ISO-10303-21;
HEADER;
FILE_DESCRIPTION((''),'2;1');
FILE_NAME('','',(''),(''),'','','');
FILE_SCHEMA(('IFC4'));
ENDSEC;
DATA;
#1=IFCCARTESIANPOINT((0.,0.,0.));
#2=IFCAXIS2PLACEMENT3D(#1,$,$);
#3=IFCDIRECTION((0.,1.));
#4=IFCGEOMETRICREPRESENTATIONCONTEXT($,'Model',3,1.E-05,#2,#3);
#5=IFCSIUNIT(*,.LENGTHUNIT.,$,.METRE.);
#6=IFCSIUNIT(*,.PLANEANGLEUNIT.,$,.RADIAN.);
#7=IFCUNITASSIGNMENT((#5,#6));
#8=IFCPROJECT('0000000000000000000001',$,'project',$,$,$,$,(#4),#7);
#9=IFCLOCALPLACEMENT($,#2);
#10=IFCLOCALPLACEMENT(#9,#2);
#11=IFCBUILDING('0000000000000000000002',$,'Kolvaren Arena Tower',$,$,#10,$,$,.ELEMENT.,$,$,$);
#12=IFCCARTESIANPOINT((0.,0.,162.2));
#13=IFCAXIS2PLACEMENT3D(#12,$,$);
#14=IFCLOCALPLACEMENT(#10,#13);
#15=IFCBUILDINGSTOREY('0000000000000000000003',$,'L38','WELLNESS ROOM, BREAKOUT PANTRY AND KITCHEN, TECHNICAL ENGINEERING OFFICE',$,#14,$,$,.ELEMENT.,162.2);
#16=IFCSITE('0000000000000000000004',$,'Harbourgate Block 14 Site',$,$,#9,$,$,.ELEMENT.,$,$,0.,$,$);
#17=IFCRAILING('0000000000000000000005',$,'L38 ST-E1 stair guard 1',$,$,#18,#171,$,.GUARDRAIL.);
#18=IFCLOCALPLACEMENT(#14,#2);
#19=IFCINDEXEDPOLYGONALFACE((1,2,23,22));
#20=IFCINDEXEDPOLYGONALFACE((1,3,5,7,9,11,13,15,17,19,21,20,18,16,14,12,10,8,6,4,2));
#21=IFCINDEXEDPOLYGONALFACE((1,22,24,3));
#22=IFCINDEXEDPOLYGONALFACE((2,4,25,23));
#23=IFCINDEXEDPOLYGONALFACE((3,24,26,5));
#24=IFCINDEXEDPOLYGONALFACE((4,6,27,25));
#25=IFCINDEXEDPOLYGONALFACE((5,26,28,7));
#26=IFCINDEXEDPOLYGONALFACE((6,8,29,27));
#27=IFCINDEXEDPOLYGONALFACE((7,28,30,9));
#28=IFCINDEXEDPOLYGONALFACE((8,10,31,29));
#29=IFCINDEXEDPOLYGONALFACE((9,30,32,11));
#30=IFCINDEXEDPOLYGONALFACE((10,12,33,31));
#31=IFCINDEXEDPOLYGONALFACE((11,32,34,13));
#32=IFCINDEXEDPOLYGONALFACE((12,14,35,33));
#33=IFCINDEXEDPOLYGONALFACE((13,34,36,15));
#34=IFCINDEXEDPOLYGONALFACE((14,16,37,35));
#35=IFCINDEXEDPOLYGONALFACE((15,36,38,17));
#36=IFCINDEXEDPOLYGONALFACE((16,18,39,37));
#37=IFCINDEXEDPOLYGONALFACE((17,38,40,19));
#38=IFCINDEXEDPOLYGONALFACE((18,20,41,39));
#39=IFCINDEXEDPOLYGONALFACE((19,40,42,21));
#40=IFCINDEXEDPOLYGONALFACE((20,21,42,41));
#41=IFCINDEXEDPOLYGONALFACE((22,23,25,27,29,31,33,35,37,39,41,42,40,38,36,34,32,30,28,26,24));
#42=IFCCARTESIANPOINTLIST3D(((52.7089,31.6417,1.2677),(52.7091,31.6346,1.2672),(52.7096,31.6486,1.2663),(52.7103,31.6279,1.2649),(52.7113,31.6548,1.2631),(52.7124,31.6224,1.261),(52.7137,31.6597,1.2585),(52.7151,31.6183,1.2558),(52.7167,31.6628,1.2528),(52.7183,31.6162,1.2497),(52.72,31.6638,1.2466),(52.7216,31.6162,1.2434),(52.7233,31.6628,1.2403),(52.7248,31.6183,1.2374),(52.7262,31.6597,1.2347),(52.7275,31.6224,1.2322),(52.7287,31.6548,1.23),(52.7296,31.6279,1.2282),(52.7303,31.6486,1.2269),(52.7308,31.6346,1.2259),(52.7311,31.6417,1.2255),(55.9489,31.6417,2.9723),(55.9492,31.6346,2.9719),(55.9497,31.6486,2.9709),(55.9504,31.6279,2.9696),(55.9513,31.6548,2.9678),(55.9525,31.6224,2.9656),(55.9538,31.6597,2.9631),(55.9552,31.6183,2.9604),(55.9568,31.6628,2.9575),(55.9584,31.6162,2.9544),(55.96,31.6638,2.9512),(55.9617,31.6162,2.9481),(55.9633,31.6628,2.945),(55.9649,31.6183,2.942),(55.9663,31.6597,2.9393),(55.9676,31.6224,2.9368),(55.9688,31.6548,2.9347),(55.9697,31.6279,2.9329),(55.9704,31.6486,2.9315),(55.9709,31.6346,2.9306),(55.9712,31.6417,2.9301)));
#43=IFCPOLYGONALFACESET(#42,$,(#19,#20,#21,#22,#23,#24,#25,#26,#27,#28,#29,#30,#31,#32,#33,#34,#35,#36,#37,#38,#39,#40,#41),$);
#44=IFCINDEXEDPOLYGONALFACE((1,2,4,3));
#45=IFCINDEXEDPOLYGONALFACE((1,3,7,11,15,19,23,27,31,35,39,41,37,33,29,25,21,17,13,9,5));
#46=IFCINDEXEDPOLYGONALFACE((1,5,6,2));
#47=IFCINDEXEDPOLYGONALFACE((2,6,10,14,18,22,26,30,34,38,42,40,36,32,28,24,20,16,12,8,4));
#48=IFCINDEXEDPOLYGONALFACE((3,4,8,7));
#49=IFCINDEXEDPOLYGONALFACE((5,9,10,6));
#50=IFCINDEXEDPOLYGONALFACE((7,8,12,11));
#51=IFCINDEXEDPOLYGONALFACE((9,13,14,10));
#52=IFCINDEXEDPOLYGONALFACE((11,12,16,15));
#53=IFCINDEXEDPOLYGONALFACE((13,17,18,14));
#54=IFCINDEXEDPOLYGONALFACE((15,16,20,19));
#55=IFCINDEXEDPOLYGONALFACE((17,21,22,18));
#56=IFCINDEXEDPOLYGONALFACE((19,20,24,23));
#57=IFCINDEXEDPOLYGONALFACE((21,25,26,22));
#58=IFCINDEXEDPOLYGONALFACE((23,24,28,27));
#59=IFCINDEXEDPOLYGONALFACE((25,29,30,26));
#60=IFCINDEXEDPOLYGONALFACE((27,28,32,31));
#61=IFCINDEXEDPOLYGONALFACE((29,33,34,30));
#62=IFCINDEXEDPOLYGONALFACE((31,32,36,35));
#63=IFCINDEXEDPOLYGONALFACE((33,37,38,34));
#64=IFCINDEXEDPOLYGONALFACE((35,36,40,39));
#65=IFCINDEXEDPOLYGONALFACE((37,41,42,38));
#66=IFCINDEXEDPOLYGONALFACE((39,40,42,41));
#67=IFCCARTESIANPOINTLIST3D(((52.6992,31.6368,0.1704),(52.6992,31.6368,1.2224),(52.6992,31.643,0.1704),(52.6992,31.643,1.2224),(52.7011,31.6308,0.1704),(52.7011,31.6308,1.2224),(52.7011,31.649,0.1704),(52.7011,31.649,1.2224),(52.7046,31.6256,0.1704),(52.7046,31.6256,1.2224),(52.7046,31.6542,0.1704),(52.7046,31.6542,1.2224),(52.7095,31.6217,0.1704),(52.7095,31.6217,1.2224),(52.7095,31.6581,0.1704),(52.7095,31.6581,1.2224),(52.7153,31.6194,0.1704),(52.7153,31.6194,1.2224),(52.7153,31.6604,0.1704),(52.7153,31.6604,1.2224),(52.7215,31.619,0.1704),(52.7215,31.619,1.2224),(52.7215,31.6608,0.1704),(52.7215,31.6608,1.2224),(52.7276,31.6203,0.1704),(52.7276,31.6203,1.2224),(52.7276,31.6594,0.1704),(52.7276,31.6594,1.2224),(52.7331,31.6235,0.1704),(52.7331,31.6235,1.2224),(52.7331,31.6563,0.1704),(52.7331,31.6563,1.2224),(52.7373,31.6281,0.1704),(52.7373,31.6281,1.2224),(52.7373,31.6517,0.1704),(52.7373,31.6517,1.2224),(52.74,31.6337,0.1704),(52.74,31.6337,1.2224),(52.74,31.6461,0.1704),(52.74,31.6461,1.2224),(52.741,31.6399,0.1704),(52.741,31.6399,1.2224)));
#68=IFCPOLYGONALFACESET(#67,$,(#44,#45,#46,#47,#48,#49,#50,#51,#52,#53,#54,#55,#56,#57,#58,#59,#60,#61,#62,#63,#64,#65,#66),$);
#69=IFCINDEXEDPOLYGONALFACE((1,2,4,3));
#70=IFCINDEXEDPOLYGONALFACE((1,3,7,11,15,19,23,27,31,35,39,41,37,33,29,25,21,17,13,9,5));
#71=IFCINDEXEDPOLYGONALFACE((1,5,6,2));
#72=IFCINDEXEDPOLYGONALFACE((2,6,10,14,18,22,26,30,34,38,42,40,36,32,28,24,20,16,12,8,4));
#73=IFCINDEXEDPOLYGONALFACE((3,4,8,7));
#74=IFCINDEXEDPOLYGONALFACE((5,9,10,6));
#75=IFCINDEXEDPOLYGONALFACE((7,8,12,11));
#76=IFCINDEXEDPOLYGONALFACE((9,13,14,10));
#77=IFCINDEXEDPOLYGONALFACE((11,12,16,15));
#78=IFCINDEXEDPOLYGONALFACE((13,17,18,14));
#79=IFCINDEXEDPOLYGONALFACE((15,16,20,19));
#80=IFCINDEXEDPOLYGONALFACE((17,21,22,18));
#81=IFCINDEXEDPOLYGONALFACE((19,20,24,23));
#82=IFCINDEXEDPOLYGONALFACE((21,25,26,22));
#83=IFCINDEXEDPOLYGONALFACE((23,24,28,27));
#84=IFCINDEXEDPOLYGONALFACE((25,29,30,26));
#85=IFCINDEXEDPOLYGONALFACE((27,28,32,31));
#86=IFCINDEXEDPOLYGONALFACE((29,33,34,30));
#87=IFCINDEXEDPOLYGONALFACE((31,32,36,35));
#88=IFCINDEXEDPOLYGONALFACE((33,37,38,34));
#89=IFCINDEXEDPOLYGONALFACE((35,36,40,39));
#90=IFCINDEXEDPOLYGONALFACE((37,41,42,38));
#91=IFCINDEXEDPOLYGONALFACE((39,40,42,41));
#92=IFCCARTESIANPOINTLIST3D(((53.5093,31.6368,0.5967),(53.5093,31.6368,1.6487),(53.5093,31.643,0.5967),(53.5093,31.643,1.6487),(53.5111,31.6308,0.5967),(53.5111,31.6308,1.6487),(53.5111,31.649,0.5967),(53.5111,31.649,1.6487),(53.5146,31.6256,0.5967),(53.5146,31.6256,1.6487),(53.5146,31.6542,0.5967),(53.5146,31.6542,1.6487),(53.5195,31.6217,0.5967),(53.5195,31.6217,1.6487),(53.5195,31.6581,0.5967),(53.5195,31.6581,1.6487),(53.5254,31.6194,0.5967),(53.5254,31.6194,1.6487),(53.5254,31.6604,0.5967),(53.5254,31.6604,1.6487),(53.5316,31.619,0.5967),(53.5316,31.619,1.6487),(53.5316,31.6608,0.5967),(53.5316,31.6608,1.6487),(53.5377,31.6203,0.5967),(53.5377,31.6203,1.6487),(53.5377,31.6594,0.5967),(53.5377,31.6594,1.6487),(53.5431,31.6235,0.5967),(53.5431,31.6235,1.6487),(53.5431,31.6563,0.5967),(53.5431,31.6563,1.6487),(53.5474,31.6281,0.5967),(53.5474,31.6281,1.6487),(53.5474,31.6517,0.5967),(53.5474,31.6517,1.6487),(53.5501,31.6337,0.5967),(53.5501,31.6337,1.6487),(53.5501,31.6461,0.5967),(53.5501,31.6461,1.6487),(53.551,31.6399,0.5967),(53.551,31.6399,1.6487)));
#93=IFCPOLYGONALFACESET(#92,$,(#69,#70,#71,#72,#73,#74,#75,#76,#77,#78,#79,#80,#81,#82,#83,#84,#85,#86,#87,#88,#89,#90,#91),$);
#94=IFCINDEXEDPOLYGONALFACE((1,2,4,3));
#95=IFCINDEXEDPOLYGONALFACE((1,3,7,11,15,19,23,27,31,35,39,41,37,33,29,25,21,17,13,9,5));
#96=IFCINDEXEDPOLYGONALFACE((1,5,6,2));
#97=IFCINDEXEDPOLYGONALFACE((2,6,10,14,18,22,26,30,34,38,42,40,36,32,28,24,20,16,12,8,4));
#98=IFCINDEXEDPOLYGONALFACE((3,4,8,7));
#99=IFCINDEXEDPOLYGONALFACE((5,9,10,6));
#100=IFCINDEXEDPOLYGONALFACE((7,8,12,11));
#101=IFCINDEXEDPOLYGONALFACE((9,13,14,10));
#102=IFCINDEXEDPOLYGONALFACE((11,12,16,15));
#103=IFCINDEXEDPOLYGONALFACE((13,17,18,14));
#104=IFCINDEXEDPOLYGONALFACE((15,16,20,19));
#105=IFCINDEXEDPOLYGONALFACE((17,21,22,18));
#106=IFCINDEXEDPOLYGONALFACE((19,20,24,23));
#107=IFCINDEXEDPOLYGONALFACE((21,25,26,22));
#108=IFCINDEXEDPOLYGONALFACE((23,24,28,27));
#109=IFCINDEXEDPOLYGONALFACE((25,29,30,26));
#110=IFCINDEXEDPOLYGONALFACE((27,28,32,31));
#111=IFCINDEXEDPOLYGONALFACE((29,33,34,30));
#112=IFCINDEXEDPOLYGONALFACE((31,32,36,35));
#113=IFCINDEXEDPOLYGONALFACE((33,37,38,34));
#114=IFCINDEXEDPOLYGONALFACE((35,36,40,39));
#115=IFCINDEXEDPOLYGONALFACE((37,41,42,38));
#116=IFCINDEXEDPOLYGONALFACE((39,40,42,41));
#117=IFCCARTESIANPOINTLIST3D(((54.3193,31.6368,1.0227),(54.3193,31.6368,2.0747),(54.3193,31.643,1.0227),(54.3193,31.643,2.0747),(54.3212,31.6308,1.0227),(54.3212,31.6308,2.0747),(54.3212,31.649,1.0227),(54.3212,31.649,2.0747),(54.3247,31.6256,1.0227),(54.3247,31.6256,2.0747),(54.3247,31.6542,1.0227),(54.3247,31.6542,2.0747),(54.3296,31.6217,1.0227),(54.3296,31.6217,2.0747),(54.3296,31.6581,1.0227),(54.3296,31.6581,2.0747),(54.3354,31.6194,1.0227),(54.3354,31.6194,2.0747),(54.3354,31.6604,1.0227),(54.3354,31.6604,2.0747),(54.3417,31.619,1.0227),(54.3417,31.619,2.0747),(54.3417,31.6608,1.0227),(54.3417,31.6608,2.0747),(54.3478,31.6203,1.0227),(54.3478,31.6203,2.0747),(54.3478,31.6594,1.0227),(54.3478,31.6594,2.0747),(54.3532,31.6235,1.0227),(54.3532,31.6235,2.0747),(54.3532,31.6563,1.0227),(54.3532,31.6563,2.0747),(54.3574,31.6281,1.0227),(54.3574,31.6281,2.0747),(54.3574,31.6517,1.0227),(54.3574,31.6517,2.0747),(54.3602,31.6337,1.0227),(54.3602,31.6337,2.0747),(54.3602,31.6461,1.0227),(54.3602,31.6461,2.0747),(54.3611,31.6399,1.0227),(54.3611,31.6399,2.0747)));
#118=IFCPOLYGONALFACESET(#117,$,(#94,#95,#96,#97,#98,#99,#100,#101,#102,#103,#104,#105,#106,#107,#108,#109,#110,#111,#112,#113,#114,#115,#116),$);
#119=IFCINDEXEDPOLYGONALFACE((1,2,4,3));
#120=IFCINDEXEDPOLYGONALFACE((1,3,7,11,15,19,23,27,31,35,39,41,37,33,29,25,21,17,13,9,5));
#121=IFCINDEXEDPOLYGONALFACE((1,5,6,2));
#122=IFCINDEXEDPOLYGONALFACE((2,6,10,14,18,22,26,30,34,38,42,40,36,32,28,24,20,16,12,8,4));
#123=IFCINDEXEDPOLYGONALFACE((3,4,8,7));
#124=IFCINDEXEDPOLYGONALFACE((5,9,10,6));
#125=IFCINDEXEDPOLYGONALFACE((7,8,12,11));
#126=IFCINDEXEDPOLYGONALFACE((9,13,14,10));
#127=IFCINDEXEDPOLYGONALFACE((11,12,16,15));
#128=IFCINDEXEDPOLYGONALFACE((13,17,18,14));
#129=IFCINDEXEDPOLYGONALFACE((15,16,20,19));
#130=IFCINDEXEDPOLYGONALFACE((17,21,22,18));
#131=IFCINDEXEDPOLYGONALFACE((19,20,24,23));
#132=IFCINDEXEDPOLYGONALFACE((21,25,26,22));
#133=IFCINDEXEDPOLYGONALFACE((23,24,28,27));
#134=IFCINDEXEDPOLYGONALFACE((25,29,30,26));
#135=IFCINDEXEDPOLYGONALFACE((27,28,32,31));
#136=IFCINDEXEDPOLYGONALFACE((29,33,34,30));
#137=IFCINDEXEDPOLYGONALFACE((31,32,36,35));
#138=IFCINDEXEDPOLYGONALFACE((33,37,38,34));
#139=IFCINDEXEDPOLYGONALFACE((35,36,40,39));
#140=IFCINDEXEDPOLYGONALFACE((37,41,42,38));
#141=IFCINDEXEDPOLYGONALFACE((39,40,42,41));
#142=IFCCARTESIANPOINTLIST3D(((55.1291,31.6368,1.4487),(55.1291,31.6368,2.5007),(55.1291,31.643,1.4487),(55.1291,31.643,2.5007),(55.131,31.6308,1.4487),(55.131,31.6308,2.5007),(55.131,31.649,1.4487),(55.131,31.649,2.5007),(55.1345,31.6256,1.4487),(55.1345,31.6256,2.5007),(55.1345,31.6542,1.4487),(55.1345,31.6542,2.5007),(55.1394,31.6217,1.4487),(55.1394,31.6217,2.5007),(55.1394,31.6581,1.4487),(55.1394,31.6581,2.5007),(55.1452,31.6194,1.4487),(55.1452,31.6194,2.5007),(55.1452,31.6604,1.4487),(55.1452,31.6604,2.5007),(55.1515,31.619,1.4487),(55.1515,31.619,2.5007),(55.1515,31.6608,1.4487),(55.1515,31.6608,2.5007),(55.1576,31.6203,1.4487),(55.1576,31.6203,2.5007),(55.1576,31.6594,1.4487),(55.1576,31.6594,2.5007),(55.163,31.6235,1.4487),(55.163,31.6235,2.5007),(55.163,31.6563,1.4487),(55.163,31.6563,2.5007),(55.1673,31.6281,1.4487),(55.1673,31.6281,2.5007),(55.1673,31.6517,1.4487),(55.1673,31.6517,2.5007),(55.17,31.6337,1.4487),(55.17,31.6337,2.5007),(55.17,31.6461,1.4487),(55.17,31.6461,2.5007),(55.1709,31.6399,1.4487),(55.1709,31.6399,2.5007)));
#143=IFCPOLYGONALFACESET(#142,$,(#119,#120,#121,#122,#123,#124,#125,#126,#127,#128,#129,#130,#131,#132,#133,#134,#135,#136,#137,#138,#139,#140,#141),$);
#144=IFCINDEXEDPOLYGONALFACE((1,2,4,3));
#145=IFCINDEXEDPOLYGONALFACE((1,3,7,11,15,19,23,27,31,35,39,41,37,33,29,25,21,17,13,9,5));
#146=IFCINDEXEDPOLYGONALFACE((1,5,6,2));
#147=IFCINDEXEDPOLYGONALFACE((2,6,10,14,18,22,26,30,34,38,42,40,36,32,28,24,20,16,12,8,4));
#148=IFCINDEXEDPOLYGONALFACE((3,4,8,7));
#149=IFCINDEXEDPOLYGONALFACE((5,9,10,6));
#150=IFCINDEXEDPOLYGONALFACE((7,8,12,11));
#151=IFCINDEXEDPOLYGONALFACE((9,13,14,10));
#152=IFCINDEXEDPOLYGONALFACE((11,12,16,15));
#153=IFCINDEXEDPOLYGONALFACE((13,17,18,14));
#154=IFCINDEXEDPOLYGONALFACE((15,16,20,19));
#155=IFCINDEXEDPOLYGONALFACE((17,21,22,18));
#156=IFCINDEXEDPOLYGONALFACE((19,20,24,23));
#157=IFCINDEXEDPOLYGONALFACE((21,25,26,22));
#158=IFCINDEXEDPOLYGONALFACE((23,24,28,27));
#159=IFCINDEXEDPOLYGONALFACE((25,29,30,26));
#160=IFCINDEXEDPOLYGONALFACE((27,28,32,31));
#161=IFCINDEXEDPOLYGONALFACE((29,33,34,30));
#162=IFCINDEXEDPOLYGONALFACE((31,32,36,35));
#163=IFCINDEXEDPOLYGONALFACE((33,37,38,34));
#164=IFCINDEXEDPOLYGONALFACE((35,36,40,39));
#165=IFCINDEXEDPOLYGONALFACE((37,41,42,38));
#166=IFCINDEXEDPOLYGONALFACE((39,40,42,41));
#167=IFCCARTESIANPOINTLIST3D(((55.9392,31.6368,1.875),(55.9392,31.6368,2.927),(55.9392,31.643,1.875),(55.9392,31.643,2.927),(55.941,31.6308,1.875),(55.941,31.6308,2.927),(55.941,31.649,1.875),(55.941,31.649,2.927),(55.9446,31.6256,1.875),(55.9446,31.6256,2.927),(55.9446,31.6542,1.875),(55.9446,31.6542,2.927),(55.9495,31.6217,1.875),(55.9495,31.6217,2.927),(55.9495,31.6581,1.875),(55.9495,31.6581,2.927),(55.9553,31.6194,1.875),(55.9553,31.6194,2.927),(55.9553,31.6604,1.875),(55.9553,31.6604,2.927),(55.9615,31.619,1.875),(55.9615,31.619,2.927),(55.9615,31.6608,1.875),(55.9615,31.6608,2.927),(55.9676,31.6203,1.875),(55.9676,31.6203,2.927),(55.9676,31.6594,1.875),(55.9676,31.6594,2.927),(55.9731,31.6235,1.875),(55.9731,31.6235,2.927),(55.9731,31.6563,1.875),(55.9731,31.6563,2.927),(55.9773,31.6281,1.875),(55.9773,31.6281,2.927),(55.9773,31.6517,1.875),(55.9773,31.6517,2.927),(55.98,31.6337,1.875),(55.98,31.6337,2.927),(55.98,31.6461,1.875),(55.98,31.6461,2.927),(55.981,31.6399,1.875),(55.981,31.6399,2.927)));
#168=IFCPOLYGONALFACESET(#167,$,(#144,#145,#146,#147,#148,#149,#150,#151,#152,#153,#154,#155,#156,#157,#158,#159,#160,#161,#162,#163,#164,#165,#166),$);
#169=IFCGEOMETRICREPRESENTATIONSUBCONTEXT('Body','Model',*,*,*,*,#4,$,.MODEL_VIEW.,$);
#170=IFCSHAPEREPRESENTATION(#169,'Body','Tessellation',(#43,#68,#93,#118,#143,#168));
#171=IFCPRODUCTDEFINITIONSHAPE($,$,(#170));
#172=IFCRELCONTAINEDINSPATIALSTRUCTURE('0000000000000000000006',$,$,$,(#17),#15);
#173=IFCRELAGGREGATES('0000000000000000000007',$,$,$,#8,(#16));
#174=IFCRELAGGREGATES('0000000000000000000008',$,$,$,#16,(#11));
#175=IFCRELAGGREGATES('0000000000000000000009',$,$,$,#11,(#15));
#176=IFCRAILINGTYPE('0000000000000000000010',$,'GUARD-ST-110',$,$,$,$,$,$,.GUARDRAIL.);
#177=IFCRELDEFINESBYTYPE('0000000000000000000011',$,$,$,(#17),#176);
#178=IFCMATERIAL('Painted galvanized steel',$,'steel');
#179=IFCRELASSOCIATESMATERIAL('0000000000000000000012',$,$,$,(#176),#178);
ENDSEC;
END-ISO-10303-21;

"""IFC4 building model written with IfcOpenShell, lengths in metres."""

from ifc_helpers import new_model, si_unit, direction, frame, origin, origin_2d, place, context, subcontext, project, spatial, circle, extrude, material, type_object, element, save


model = new_model("IFC4")

# Units and contexts
model_context = context("Model", 3, precision=1e-05, world=origin(), true_north=direction((0.0, 1.0)))
body_context = subcontext(model_context, "Body", "Model", "MODEL_VIEW")
ifc_project = project(units=[si_unit("LENGTHUNIT", "METRE"), si_unit("PLANEANGLEUNIT", "RADIAN")], contexts=[model_context])

# Site, building, storey
site_placement = place(None, origin())
site = spatial("IfcSite", under=ifc_project, at=site_placement, Name="Harbourgate Block 14 Site", CompositionType="ELEMENT", RefElevation=0.0)
building_placement = place(site_placement, origin())
building = spatial("IfcBuilding", under=site, at=building_placement, Name="Kolvaren Arena Tower", CompositionType="ELEMENT")
storey_placement = place(building_placement, frame((0.0, 0.0, 162.2)))
storey = spatial("IfcBuildingStorey", under=building, at=storey_placement, Name="L38", Description="WELLNESS ROOM, BREAKOUT PANTRY AND KITCHEN, TECHNICAL ENGINEERING OFFICE", CompositionType="ELEMENT", Elevation=162.2)

# Railing
ifc_material_1 = material(Name="Painted galvanized steel", Category="steel")
railing_type_1 = type_object("IfcRailingType", Name="GUARD-ST-110", PredefinedType="GUARDRAIL", material=ifc_material_1)
railing_1_placement = place(storey_placement, frame((52.72, 31.6399, 0.1704)))
element("IfcRailing", 1, at=railing_1_placement, inside=storey, type_object=railing_type_1, Name="L38 ST-E1 stair guard 1", PredefinedType="GUARDRAIL", context=body_context, shape_type="SweptSolid", body=[
    extrude(circle(Radius=0.0239, at=origin_2d()), frame((0.0, 0.0, 1.0762), z_axis=(0.884993, 0.0, 0.465604), x_axis=(0.0, 1.0, 0.0)), (0.0, 0.0, 1.0), 3.6611),
    extrude(circle(Radius=0.021, at=origin_2d()), origin(), (0.0, 0.0, 1.0), 1.052),
    extrude(circle(Radius=0.021, at=origin_2d()), frame((0.8101, 0.0, 0.4263)), (0.0, 0.0, 1.0), 1.052),
    extrude(circle(Radius=0.021, at=origin_2d()), frame((1.6201, 0.0, 0.8523)), (0.0, 0.0, 1.0), 1.052),
    extrude(circle(Radius=0.021, at=origin_2d()), frame((2.4299, 0.0, 1.2783)), (0.0, 0.0, 1.0), 1.052),
    extrude(circle(Radius=0.021, at=origin_2d()), frame((3.24, 0.0, 1.7046)), (0.0, 0.0, 1.0), 1.052),
])

save(model, "model.ifc")
